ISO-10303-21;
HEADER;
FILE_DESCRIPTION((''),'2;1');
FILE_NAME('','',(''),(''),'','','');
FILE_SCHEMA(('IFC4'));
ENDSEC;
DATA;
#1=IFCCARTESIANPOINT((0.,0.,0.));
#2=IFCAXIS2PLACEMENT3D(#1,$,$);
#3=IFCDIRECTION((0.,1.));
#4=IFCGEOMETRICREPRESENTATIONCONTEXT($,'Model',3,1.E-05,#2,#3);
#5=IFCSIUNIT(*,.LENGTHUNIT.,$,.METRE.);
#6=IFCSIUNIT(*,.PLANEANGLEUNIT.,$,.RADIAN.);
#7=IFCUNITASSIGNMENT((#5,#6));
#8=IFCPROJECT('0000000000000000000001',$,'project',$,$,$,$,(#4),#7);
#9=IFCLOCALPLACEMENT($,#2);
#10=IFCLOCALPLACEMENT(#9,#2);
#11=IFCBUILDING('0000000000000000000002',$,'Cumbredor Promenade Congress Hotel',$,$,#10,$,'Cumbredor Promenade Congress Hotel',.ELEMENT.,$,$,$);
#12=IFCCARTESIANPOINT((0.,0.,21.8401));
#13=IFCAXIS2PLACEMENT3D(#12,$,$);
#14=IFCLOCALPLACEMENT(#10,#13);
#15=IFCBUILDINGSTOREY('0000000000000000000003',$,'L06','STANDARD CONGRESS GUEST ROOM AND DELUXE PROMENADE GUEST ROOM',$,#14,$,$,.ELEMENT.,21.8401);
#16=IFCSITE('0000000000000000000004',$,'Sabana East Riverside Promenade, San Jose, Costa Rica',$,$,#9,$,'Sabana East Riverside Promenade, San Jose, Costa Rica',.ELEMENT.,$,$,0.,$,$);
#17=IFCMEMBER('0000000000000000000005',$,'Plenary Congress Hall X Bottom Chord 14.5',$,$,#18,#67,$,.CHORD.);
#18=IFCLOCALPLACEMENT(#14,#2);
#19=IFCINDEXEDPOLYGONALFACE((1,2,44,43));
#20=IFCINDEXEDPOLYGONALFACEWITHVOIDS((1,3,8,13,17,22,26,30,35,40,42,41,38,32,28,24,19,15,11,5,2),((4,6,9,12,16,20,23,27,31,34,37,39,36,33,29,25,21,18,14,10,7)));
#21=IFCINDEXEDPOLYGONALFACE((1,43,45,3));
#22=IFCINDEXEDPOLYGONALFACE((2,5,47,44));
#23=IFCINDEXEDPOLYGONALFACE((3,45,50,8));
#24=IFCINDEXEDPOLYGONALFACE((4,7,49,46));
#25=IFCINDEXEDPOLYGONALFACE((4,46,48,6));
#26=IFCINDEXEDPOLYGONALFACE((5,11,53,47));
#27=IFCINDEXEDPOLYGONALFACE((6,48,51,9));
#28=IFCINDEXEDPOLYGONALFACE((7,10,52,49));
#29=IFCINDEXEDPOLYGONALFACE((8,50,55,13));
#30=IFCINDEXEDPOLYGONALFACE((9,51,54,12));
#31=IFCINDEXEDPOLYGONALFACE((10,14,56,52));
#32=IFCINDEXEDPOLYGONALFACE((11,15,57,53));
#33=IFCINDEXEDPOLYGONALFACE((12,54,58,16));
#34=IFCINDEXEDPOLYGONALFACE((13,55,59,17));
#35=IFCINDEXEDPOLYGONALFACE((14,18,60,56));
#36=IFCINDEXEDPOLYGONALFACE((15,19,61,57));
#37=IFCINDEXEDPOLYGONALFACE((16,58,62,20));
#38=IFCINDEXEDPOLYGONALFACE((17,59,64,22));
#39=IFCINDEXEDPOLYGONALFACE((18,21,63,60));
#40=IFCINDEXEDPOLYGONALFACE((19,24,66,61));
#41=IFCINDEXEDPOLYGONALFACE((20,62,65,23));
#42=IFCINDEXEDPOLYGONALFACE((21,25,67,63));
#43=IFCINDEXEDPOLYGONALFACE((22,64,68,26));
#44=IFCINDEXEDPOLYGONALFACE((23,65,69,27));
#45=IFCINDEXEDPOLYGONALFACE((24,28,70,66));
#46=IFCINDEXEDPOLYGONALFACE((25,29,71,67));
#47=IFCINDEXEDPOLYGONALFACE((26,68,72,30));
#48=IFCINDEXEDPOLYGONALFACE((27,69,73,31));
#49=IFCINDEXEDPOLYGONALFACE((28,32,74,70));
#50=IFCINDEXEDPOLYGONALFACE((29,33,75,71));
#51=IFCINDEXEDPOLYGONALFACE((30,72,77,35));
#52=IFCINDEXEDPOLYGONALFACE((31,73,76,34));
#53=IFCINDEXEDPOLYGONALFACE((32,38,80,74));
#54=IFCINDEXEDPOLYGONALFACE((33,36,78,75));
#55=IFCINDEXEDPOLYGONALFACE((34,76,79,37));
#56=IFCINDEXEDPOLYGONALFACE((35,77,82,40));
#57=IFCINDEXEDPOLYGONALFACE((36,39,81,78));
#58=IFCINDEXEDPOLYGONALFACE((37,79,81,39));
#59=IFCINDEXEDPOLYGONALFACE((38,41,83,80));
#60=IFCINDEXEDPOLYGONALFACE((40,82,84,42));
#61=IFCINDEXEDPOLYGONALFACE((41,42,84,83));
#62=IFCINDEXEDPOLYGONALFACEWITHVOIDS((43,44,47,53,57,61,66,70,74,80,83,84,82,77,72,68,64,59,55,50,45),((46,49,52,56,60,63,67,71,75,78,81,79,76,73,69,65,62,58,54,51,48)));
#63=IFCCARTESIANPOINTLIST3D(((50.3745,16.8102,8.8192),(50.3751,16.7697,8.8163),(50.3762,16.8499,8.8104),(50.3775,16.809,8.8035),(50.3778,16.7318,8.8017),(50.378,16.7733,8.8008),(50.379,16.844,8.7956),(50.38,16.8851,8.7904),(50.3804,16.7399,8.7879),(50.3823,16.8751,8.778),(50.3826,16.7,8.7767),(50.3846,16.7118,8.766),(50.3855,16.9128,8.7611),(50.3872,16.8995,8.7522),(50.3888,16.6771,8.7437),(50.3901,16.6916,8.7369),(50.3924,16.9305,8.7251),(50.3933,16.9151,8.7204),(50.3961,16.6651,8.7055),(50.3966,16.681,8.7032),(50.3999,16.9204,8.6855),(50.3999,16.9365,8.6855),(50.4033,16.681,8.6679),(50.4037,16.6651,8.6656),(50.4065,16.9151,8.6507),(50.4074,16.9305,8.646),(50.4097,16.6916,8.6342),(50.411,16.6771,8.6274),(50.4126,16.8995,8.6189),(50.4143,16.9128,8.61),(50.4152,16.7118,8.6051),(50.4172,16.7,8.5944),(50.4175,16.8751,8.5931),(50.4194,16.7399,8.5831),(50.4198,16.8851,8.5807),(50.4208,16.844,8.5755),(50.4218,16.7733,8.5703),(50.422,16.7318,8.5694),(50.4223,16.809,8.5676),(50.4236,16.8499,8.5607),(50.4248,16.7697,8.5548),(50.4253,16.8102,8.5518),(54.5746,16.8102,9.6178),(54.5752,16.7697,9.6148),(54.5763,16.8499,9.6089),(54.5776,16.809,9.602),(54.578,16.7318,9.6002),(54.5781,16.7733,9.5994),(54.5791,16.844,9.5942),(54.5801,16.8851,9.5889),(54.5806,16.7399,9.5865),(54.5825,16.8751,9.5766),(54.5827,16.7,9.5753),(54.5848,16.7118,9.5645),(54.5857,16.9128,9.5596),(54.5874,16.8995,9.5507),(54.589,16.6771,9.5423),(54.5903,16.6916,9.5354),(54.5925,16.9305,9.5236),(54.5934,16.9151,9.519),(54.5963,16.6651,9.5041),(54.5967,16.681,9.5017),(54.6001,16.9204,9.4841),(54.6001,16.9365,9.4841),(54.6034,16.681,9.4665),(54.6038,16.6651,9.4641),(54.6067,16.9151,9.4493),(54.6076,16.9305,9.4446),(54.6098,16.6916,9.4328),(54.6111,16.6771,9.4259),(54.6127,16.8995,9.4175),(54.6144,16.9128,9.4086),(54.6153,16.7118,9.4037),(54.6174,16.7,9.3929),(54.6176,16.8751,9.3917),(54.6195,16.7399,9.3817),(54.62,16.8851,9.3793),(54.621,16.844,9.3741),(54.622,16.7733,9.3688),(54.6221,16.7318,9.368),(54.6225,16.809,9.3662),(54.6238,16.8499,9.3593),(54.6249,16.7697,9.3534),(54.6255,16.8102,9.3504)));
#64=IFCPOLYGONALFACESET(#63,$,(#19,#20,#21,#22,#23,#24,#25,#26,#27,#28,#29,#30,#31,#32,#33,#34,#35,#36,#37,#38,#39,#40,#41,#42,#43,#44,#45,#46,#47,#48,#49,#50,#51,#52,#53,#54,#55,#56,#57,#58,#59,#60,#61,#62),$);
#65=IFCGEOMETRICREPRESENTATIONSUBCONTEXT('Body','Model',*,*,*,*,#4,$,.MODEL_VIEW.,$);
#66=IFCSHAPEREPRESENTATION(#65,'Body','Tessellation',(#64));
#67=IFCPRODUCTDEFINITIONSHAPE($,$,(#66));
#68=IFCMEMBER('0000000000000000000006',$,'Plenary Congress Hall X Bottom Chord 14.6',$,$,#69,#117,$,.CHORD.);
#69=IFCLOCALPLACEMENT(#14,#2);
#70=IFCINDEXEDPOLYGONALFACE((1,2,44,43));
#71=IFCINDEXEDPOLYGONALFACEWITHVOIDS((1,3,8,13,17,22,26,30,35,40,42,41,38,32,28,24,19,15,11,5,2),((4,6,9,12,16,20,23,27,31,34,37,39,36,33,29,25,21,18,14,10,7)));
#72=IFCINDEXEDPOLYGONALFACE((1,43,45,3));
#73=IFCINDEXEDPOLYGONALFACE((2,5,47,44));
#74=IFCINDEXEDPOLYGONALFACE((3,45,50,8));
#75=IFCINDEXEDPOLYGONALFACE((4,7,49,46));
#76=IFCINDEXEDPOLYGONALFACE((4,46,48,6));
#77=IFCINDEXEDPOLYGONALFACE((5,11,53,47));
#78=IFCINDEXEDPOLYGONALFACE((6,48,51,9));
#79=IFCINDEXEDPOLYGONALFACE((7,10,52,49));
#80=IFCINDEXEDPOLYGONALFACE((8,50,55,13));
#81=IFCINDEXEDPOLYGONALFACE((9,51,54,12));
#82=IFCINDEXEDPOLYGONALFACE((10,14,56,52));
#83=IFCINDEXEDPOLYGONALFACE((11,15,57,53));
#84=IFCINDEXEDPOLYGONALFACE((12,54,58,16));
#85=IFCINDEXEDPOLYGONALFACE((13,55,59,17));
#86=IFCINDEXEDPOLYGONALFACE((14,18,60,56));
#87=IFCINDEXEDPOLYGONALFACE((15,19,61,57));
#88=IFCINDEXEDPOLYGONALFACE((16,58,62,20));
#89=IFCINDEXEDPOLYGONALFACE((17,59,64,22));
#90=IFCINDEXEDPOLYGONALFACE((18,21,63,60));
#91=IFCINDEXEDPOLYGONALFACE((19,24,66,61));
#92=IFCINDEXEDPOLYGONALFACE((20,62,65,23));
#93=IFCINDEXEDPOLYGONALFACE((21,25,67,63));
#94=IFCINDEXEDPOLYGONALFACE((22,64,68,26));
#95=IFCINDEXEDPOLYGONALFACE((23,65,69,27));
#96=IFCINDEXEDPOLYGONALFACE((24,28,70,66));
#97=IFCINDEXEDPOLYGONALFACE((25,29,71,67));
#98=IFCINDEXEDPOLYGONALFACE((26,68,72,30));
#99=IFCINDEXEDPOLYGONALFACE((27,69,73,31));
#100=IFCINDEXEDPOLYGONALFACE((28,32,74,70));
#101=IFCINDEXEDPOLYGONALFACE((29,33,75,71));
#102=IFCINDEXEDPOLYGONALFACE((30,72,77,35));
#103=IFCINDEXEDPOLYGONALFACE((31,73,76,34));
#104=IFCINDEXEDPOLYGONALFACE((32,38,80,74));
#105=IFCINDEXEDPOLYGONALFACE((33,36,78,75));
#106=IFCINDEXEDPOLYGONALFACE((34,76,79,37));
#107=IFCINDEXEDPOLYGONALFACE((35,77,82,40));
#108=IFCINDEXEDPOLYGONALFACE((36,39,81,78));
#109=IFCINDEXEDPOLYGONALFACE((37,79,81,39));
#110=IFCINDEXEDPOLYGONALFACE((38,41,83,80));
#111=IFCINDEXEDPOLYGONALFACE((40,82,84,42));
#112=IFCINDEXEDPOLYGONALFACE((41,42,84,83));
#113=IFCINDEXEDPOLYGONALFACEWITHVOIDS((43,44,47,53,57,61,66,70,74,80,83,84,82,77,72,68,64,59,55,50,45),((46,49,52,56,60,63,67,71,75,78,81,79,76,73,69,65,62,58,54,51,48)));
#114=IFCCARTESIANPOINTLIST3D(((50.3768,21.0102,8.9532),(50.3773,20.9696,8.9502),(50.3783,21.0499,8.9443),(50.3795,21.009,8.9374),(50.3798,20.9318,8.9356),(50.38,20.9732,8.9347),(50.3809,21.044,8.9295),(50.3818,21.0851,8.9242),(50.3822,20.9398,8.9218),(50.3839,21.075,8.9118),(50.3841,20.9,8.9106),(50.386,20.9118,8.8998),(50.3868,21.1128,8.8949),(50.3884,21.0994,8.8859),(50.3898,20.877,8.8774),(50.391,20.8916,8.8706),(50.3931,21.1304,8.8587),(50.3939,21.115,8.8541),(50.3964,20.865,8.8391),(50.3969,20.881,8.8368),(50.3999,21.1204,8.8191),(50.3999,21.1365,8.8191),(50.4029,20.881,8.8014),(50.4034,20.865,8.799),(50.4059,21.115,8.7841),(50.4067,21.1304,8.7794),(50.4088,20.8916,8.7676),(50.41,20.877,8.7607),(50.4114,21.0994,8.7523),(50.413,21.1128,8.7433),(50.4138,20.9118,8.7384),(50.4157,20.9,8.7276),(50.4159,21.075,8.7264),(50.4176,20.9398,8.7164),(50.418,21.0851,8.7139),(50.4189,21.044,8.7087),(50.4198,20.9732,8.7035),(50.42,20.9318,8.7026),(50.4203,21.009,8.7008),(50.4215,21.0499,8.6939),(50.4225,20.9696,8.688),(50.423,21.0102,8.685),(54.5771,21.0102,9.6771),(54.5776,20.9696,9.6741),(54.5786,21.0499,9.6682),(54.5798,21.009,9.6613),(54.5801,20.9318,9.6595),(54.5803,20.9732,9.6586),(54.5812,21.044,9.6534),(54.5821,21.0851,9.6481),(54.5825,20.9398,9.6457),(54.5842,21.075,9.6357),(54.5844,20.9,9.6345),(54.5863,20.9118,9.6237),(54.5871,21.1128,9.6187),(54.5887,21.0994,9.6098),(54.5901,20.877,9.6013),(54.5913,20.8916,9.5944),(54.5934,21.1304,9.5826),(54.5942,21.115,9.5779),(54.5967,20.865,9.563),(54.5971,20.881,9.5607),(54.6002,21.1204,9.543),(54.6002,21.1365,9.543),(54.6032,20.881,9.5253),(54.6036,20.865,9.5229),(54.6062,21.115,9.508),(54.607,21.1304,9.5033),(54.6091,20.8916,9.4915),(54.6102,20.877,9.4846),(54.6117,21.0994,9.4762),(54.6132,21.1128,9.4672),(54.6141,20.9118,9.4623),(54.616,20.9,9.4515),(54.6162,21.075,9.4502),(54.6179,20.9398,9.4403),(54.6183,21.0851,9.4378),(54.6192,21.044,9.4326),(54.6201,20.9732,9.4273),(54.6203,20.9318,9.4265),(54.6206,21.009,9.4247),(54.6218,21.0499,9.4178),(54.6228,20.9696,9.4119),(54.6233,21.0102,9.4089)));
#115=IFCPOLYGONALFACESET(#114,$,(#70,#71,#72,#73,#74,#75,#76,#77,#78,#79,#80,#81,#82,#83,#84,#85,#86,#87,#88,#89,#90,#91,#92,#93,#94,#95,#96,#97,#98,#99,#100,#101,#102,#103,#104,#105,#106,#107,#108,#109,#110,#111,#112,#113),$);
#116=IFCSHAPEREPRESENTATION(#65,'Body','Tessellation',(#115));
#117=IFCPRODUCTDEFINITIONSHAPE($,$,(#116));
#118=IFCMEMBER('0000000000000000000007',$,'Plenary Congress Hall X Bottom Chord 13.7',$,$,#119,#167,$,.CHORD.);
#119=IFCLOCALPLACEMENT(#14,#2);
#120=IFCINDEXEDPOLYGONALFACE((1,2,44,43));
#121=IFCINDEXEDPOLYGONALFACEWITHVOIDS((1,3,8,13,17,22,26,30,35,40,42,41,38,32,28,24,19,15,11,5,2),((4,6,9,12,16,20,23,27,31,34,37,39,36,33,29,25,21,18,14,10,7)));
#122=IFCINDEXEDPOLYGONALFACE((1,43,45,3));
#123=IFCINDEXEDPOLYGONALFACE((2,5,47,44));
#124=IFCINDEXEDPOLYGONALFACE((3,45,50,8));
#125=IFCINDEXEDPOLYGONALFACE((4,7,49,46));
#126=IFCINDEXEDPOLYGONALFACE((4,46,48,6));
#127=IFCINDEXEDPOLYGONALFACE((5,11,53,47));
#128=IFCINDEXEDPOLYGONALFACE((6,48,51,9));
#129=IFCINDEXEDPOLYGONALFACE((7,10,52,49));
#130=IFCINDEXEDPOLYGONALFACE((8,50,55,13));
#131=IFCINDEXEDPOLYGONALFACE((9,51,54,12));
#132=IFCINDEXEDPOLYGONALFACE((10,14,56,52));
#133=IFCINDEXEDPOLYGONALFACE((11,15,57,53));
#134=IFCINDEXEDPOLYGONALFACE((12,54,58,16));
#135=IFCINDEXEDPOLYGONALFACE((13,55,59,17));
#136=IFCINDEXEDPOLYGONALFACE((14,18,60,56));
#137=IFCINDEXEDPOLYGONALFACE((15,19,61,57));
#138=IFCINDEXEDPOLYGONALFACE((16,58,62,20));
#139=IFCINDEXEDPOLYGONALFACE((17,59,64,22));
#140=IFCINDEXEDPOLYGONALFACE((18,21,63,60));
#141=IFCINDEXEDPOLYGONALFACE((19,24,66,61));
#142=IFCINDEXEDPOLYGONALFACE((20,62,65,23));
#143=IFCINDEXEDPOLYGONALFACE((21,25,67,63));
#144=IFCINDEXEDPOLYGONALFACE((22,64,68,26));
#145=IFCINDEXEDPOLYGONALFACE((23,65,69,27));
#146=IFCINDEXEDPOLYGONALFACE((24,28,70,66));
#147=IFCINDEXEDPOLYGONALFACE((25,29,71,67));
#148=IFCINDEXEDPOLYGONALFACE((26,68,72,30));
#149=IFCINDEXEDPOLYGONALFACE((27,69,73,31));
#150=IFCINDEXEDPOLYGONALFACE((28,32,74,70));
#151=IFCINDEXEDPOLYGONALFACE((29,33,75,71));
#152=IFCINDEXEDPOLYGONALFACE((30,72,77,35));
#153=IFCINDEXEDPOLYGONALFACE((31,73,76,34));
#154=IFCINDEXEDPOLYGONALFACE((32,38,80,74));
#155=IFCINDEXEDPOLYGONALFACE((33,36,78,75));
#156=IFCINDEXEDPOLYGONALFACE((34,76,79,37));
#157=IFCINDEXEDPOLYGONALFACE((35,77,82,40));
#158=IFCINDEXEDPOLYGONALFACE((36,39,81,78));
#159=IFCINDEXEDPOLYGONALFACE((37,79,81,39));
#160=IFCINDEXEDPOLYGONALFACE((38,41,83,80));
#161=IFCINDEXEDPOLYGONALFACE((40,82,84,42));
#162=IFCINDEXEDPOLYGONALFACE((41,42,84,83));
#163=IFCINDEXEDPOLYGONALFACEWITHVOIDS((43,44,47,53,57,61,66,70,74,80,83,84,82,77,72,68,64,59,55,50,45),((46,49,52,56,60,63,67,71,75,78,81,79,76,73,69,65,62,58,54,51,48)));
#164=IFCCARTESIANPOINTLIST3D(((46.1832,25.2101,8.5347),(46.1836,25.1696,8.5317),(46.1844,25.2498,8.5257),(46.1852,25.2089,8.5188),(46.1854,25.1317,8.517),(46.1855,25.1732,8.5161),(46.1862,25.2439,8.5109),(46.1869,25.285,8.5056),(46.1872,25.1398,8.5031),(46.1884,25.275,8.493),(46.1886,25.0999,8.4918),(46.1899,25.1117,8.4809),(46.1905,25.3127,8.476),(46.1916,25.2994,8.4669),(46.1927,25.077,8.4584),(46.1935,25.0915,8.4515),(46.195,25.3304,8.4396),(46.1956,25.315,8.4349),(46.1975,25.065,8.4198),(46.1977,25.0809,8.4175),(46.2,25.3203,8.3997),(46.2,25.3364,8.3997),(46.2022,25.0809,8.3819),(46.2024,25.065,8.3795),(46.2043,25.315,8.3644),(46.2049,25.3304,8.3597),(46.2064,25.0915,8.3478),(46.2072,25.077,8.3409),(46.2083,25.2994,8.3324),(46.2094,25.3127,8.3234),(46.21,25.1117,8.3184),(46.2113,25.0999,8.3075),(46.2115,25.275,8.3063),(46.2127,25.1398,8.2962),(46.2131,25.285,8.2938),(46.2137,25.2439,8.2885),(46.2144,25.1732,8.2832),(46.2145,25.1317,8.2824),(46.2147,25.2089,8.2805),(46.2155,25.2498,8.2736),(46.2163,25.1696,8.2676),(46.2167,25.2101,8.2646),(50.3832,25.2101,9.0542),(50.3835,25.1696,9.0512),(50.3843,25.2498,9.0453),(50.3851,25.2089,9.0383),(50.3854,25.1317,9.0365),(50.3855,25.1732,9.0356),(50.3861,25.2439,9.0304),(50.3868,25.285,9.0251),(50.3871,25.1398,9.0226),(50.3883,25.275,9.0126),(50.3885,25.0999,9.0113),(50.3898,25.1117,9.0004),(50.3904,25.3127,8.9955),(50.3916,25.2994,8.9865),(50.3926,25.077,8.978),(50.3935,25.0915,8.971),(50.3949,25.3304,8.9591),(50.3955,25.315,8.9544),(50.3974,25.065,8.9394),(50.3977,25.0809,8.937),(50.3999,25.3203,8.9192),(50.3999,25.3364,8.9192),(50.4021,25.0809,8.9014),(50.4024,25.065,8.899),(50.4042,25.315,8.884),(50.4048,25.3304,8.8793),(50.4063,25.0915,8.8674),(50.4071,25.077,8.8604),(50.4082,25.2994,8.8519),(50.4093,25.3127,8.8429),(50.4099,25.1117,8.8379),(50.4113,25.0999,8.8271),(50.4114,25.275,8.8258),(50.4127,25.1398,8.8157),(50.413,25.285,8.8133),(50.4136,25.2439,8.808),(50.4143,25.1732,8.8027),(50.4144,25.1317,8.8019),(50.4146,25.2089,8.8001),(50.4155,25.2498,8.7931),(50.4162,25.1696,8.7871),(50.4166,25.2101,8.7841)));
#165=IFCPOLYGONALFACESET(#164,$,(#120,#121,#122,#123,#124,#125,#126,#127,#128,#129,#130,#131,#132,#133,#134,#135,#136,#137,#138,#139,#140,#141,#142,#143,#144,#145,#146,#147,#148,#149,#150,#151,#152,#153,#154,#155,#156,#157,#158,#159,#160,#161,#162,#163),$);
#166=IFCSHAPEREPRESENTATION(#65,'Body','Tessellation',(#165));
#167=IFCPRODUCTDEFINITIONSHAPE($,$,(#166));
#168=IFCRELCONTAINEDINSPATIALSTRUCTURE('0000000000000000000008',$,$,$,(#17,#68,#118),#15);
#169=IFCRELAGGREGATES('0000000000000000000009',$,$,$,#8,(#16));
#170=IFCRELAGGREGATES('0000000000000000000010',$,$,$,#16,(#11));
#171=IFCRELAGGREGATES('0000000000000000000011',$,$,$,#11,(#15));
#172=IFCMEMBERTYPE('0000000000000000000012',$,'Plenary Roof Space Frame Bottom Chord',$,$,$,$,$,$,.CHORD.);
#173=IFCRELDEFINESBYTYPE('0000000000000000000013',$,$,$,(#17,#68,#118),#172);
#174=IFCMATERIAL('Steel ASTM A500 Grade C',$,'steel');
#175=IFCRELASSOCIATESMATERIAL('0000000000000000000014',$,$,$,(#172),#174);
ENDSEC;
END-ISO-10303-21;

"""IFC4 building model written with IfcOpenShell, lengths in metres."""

from ifc_helpers import new_model, si_unit, direction, frame, origin, origin_2d, place, context, subcontext, project, spatial, hollow_circle, extrude, material, material_profile, profile_set, type_object, element, save


model = new_model("IFC4")

# Units and contexts
model_context = context("Model", 3, precision=1e-05, world=origin(), true_north=direction((0.0, 1.0)))
body_context = subcontext(model_context, "Body", "Model", "MODEL_VIEW")
ifc_project = project(units=[si_unit("LENGTHUNIT", "METRE"), si_unit("PLANEANGLEUNIT", "RADIAN")], contexts=[model_context])

# Site, building, storey
site_placement = place(None, origin())
site = spatial("IfcSite", under=ifc_project, at=site_placement, Name="Sabana East Riverside Promenade, San Jose, Costa Rica", LongName="Sabana East Riverside Promenade, San Jose, Costa Rica", CompositionType="ELEMENT", RefElevation=0.0)
building_placement = place(site_placement, origin())
building = spatial("IfcBuilding", under=site, at=building_placement, Name="Cumbredor Promenade Congress Hotel", LongName="Cumbredor Promenade Congress Hotel", CompositionType="ELEMENT")
storey_placement = place(building_placement, frame((0.0, 0.0, 21.8401)))
storey = spatial("IfcBuildingStorey", under=building, at=storey_placement, Name="L06", Description="STANDARD CONGRESS GUEST ROOM AND DELUXE PROMENADE GUEST ROOM", CompositionType="ELEMENT", Elevation=21.8401)

# Members
ifc_material_1 = material(Name="Steel ASTM A500 Grade C", Category="steel")
ifc_material_profile_1 = material_profile(ifc_material_1, hollow_circle(Radius=0.1365, WallThickness=0.0161, at=origin_2d()), Name="CHS 273.0x16")
ifc_profile_set_1 = profile_set([ifc_material_profile_1], Name="Steel ASTM A500 Grade C")
member_type_1 = type_object("IfcMemberType", Name="Plenary Roof Space Frame Bottom Chord", PredefinedType="CHORD", material=ifc_profile_set_1)
member_1_placement = place(storey_placement, frame((50.3999, 16.8, 8.6855), z_axis=(0.982401, 0.0, 0.186784), x_axis=(0.0, 1.0, 0.0)))
element("IfcMember", 1, at=member_1_placement, inside=storey, type_object=member_type_1, Name="Plenary Congress Hall X Bottom Chord 14.5", PredefinedType="CHORD", context=body_context, shape_type="SweptSolid", body=[
    extrude(hollow_circle(Radius=0.1365, WallThickness=0.0161, at=origin_2d()), origin(), (0.0, 0.0, 1.0), 4.2754),
])
member_2_placement = place(storey_placement, frame((50.3999, 21.0, 8.8191), z_axis=(0.985472, 0.0, 0.16984), x_axis=(0.0, 1.0, 0.0)))
element("IfcMember", 2, at=member_2_placement, inside=storey, type_object=member_type_1, Name="Plenary Congress Hall X Bottom Chord 14.6", PredefinedType="CHORD", context=body_context, shape_type="SweptSolid", body=[
    extrude(hollow_circle(Radius=0.1365, WallThickness=0.0161, at=origin_2d()), origin(), (0.0, 0.0, 1.0), 4.2622),
])
member_3_placement = place(storey_placement, frame((46.2, 25.2, 8.3997), z_axis=(0.992436, 0.0, 0.122764), x_axis=(0.0, 1.0, 0.0)))
element("IfcMember", 3, at=member_3_placement, inside=storey, type_object=member_type_1, Name="Plenary Congress Hall X Bottom Chord 13.7", PredefinedType="CHORD", context=body_context, shape_type="SweptSolid", body=[
    extrude(hollow_circle(Radius=0.1365, WallThickness=0.0161, at=origin_2d()), origin(), (0.0, 0.0, 1.0), 4.2319),
])

save(model, "model.ifc")
